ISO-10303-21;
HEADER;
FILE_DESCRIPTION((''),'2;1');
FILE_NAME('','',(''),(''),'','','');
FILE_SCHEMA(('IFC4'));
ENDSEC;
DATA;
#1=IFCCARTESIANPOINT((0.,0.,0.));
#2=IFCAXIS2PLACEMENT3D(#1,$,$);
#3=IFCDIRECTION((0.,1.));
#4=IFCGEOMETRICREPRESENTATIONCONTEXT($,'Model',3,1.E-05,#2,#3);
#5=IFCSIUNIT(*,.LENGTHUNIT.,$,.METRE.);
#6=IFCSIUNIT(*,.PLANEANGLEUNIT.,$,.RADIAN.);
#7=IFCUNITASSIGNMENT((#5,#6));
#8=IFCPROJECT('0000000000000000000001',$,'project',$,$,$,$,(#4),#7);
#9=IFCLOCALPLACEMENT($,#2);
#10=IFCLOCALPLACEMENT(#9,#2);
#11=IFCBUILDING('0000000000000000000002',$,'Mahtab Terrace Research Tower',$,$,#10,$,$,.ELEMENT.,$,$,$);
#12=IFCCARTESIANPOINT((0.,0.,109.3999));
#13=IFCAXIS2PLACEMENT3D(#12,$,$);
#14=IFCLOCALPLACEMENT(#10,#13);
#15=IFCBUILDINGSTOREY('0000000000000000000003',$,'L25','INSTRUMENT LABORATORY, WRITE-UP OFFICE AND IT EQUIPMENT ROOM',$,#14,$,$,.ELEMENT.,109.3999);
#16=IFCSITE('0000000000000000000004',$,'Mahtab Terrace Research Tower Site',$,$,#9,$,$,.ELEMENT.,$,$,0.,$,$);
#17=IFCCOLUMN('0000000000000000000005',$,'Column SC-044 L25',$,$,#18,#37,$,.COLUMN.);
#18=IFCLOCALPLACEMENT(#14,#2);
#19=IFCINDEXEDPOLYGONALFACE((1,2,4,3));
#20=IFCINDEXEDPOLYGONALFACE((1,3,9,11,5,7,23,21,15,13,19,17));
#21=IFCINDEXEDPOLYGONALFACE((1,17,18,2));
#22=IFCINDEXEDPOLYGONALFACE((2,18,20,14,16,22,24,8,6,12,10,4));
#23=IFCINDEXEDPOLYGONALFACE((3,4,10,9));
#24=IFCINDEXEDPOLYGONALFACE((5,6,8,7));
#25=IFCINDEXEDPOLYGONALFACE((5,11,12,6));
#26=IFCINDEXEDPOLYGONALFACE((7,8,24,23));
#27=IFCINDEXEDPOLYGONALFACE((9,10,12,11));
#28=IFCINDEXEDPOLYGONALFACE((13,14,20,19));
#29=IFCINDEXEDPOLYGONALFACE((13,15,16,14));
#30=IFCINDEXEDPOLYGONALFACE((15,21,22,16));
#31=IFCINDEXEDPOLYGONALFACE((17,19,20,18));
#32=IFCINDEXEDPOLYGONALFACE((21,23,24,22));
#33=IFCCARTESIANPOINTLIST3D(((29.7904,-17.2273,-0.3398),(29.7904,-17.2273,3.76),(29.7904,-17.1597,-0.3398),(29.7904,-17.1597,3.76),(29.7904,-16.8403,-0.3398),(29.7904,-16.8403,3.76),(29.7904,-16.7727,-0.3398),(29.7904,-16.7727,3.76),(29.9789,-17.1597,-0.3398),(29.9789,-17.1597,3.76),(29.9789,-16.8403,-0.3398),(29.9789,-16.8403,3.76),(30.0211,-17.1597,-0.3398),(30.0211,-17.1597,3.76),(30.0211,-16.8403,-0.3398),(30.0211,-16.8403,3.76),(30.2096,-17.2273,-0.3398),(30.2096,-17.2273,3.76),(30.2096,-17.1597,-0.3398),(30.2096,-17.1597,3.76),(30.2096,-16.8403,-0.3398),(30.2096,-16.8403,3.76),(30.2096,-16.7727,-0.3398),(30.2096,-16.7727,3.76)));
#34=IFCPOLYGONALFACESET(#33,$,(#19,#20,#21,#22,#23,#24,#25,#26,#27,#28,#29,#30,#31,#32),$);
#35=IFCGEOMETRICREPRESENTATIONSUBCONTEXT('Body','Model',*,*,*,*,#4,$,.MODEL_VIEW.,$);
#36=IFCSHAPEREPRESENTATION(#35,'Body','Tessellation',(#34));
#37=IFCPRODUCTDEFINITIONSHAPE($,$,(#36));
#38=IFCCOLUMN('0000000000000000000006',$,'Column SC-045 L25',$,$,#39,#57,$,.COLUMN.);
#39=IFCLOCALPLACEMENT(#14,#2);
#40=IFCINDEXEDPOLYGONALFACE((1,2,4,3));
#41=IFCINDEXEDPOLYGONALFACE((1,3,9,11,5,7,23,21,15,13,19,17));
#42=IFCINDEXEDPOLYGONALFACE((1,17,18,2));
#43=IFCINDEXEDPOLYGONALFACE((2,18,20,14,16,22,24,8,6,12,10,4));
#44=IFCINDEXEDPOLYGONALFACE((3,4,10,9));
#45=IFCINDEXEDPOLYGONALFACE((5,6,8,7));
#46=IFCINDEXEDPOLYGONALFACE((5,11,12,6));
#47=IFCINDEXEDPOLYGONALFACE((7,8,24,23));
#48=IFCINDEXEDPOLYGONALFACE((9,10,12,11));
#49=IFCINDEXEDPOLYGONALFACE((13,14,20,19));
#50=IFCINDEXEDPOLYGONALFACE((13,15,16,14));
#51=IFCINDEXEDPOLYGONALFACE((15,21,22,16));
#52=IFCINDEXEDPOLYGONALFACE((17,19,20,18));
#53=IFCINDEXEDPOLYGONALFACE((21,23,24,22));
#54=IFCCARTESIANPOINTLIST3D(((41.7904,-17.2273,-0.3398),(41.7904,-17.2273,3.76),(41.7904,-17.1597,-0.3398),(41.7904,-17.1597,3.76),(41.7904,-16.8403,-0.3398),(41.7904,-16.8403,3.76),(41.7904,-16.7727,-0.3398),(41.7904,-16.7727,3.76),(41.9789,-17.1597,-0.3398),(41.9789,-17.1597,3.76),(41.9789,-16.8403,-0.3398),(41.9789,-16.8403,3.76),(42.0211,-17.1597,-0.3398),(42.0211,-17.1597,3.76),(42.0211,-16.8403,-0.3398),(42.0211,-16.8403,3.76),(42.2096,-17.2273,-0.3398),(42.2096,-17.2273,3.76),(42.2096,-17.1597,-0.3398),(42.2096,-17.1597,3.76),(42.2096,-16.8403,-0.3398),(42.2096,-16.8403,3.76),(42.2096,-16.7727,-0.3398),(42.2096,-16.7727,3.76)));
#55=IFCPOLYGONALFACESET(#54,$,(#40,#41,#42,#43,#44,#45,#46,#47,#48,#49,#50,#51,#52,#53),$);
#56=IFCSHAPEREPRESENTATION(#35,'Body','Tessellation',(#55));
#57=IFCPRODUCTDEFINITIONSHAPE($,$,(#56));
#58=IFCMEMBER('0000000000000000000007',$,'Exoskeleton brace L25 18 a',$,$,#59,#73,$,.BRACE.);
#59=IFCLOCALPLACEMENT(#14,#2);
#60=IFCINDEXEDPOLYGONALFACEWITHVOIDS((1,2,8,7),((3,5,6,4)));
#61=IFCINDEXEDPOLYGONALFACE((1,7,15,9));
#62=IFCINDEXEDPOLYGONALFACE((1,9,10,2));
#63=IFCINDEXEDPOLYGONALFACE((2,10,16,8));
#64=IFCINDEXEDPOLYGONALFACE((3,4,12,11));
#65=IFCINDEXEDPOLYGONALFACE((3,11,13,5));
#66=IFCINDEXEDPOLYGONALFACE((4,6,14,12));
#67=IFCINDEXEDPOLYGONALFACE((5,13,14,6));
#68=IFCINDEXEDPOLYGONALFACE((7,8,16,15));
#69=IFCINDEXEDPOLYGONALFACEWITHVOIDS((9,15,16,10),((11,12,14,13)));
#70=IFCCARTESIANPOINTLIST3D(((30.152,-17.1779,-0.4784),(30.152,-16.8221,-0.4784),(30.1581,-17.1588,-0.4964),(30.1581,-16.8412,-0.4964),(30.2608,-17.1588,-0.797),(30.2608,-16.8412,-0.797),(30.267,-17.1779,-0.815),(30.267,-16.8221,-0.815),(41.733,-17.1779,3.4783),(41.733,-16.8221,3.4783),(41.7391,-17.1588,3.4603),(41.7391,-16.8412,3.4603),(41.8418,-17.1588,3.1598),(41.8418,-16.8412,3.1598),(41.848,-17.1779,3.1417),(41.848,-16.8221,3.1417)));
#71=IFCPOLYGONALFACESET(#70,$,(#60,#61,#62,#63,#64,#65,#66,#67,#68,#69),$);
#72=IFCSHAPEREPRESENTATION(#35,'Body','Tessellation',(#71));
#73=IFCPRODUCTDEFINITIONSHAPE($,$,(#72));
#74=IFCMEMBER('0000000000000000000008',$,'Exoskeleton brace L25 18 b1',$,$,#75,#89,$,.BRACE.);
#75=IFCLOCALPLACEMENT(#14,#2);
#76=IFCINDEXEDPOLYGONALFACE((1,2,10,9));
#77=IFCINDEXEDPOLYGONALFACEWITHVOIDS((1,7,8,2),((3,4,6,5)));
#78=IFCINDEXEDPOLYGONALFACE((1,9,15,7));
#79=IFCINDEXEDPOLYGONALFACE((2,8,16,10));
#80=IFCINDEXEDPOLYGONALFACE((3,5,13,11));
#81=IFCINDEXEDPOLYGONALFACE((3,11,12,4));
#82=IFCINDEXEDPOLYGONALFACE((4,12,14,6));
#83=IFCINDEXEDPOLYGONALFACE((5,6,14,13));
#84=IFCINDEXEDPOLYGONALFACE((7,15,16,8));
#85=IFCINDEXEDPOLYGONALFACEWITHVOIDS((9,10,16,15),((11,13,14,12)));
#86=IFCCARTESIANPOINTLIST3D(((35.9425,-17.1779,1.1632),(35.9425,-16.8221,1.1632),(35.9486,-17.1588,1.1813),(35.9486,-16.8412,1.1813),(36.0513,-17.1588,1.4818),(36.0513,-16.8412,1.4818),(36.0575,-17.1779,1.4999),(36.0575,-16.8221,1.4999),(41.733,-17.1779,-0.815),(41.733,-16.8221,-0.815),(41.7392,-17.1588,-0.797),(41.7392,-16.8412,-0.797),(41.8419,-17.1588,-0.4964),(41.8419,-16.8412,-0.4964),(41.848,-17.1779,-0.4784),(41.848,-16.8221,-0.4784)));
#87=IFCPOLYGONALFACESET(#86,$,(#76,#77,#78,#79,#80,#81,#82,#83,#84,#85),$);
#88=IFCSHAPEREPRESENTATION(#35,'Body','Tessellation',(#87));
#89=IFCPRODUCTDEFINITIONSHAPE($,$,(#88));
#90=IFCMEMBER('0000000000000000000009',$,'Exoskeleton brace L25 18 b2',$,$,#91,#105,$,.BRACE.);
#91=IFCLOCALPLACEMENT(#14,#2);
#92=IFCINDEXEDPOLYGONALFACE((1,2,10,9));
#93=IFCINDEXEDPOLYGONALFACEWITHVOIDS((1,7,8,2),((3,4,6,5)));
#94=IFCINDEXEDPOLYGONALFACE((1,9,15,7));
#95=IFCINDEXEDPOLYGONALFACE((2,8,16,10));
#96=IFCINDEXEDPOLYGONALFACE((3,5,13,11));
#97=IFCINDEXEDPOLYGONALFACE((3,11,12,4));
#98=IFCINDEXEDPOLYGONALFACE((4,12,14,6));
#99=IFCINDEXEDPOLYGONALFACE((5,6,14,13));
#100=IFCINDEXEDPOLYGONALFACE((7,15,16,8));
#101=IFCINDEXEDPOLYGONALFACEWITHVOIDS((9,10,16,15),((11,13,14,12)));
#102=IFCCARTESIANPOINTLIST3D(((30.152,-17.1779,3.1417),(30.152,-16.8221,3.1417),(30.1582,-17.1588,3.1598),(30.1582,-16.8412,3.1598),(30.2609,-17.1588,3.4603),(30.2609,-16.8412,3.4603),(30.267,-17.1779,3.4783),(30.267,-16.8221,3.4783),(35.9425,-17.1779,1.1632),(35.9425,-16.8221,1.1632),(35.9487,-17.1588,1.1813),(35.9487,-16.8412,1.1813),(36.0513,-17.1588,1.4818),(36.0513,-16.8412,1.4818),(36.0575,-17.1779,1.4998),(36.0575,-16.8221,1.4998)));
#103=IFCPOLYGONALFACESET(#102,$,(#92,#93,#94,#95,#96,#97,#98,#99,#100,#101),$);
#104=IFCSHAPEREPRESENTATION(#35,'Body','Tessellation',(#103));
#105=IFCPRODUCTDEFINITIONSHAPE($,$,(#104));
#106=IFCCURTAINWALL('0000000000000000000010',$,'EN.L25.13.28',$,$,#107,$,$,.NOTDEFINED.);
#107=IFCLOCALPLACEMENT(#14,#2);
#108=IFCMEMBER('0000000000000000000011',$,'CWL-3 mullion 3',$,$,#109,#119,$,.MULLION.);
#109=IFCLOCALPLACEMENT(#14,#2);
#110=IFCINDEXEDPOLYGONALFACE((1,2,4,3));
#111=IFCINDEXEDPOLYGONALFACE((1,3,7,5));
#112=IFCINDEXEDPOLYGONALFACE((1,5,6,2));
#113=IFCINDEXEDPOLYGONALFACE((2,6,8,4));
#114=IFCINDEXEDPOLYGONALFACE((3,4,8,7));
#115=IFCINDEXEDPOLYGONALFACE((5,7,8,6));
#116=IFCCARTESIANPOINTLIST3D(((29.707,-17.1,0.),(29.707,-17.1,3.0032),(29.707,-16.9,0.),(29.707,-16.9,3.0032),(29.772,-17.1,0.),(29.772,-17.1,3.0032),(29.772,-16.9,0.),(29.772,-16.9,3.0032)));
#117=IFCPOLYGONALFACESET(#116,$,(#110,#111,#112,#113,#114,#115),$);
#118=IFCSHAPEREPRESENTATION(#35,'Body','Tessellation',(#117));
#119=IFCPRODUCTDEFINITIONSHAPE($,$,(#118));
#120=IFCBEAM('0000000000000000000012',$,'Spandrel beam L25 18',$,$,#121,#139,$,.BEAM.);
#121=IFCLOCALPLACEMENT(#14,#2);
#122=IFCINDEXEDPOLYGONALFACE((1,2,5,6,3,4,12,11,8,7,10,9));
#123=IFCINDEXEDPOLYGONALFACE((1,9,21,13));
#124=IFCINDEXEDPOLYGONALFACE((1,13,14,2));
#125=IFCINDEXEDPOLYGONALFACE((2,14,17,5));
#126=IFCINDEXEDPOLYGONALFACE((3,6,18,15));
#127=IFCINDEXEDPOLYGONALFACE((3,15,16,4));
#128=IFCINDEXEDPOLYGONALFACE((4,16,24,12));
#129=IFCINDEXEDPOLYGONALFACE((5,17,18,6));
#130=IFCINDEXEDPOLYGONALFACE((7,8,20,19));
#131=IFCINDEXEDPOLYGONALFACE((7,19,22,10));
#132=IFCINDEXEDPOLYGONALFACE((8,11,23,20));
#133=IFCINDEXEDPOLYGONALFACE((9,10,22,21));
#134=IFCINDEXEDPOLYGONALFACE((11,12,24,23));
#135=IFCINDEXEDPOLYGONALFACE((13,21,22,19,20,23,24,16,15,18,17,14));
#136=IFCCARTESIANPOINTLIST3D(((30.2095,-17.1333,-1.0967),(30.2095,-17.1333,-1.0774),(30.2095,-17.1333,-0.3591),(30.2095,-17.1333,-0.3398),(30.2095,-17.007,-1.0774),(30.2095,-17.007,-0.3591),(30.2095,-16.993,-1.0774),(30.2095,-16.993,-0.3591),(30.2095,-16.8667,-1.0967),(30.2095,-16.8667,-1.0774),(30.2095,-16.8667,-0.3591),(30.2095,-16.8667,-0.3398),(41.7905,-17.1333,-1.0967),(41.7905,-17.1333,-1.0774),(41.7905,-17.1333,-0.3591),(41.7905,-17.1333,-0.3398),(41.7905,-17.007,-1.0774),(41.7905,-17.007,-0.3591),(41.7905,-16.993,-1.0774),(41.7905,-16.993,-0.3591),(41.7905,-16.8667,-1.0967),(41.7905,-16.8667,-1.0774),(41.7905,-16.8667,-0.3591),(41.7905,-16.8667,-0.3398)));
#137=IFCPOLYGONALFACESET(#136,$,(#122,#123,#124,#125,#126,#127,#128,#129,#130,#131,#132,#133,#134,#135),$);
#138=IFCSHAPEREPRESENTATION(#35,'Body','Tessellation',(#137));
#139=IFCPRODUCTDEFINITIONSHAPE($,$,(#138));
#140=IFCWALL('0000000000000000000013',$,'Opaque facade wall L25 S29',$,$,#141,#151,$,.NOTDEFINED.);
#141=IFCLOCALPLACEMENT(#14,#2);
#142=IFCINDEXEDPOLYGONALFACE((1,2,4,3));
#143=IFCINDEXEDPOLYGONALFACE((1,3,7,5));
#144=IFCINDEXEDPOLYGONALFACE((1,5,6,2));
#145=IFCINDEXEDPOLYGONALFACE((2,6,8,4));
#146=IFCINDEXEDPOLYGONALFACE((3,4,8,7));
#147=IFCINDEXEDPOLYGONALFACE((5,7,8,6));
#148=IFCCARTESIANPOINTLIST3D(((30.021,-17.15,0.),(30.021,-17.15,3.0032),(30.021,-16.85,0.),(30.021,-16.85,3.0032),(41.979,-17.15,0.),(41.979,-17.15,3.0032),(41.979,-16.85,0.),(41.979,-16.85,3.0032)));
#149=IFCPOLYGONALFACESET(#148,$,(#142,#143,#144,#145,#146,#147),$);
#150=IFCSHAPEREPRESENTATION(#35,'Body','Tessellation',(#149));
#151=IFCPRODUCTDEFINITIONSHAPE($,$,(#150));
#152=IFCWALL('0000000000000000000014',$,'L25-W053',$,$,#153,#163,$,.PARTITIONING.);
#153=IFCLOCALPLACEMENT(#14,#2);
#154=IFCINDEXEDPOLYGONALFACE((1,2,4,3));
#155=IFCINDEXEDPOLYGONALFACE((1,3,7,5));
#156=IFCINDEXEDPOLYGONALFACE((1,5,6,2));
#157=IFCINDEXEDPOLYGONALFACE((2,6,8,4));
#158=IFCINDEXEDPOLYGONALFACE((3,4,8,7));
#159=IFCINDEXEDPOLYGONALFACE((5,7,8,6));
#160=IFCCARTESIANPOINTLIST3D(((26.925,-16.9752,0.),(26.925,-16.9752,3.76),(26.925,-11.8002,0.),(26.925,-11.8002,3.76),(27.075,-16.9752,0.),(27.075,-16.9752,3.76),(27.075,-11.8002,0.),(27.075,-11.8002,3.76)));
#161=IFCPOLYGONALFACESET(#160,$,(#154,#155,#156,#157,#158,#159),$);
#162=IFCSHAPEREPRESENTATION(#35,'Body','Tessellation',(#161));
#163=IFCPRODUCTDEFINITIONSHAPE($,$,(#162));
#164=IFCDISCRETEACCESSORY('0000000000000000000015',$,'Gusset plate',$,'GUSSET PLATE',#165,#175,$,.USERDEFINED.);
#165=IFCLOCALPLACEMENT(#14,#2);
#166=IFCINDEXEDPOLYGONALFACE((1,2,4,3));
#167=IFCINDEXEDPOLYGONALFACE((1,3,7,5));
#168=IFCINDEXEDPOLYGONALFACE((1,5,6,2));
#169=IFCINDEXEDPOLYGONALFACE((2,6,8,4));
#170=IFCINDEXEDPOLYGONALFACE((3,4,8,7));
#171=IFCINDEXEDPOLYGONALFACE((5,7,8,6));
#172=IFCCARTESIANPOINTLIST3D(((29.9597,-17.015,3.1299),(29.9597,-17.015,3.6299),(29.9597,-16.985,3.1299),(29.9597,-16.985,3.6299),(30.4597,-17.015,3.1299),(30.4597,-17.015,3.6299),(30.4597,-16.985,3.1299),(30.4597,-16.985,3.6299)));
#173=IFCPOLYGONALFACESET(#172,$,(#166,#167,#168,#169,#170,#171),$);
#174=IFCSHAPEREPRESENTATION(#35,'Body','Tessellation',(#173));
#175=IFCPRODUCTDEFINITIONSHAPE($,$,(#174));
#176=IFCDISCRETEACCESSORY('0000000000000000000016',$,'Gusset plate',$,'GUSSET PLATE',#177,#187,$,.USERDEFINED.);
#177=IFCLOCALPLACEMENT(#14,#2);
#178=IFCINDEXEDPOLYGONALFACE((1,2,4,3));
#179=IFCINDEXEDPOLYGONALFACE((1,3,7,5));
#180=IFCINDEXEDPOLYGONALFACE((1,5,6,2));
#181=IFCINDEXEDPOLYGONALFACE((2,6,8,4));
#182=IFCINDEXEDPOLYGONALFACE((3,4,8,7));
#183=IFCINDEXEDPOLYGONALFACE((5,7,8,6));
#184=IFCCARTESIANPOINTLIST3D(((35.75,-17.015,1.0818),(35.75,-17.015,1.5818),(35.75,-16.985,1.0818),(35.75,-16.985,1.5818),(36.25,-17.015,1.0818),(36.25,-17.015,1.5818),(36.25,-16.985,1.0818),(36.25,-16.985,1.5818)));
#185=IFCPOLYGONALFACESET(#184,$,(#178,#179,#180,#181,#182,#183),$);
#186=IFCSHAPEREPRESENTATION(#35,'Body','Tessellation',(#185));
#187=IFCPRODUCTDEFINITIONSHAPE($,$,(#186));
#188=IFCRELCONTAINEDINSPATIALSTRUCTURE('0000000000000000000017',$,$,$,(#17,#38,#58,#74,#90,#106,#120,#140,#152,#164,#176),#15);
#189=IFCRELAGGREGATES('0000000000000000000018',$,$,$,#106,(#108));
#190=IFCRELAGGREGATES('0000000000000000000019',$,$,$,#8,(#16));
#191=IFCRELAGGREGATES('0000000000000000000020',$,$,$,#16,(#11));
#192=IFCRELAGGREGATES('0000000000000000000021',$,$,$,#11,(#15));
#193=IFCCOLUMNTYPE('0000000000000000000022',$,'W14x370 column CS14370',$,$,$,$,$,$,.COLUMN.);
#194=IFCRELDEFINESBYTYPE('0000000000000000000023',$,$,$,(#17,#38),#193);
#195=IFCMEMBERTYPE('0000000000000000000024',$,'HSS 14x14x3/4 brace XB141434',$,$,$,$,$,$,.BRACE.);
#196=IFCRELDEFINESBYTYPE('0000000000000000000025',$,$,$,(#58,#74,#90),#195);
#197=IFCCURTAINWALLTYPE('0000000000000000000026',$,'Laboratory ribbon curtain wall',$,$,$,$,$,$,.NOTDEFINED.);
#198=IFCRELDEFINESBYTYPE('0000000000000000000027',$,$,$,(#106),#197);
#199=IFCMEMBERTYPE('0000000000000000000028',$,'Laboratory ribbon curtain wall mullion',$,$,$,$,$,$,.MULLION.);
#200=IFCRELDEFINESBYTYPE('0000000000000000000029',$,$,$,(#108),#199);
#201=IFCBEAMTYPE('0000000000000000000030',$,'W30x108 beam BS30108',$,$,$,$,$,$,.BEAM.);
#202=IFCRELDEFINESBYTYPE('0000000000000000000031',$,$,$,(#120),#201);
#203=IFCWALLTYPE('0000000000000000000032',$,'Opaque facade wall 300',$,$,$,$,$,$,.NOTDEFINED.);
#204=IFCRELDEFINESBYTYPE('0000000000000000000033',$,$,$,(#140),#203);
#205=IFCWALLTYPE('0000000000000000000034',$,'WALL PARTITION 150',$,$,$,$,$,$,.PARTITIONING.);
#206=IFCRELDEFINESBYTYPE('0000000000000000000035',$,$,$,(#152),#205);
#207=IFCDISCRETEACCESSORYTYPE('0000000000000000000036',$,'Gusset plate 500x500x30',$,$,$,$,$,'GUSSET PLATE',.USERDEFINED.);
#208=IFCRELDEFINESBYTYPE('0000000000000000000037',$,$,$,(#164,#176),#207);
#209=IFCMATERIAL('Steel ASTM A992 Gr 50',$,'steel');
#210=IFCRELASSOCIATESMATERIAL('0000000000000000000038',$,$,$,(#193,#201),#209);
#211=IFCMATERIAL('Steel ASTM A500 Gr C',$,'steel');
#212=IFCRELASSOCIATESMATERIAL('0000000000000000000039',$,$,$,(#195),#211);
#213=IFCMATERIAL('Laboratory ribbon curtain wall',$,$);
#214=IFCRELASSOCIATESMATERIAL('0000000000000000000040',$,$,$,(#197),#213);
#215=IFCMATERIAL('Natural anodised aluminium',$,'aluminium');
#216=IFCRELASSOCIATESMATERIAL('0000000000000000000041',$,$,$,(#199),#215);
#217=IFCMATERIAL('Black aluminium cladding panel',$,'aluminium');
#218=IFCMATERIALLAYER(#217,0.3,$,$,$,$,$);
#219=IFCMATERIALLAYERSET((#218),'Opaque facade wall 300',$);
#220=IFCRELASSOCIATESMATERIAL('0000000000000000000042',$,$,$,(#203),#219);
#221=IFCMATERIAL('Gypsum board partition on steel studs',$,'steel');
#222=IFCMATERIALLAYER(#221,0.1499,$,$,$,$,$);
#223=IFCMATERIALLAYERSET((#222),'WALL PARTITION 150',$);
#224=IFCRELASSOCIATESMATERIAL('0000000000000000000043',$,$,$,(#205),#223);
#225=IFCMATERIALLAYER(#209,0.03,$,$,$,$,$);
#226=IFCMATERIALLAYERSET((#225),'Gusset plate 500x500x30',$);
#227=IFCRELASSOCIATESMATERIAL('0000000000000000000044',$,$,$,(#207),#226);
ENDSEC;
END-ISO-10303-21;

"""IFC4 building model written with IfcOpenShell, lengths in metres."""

from ifc_helpers import new_model, si_unit, direction, frame, frame_2d, origin, origin_2d, place, context, subcontext, project, spatial, rectangle, hollow_rectangle, i_section, extrude, material, layer, layer_set, material_profile, profile_set, type_object, element, aggregate, save


model = new_model("IFC4")

# Units and contexts
model_context = context("Model", 3, precision=1e-05, world=origin(), true_north=direction((0.0, 1.0)))
body_context = subcontext(model_context, "Body", "Model", "MODEL_VIEW")
ifc_project = project(units=[si_unit("LENGTHUNIT", "METRE"), si_unit("PLANEANGLEUNIT", "RADIAN")], contexts=[model_context])

# Site, building, storey
site_placement = place(None, origin())
site = spatial("IfcSite", under=ifc_project, at=site_placement, Name="Mahtab Terrace Research Tower Site", CompositionType="ELEMENT", RefElevation=0.0)
building_placement = place(site_placement, origin())
building = spatial("IfcBuilding", under=site, at=building_placement, Name="Mahtab Terrace Research Tower", CompositionType="ELEMENT")
storey_placement = place(building_placement, frame((0.0, 0.0, 109.3999)))
storey = spatial("IfcBuildingStorey", under=building, at=storey_placement, Name="L25", Description="INSTRUMENT LABORATORY, WRITE-UP OFFICE AND IT EQUIPMENT ROOM", CompositionType="ELEMENT", Elevation=109.3999)

# Columns
ifc_material_1 = material(Name="Steel ASTM A992 Gr 50", Category="steel")
ifc_material_profile_1 = material_profile(ifc_material_1, i_section(OverallWidth=0.4192, OverallDepth=0.4546, WebThickness=0.0422, FlangeThickness=0.0676, at=origin_2d()), Name="W14X370")
ifc_profile_set_1 = profile_set([ifc_material_profile_1], Name="Steel ASTM A992 Gr 50")
column_type = type_object("IfcColumnType", Name="W14x370 column CS14370", PredefinedType="COLUMN", material=ifc_profile_set_1)
for number, where, z_axis, x_axis, name in (
    (1, (30.0, -17.0, -0.3398), (0.0, 0.0, 1.0), (1.0, 0.0, 0.0), "Column SC-044 L25"),
    (2, (42.0, -17.0, -0.3398), (0.0, 0.0, 1.0), (1.0, 0.0, 0.0), "Column SC-045 L25"),
):
    element("IfcColumn", number, at=place(storey_placement, frame(where, z_axis=z_axis, x_axis=x_axis)), inside=storey, type_object=column_type, Name=name, PredefinedType="COLUMN", context=body_context, shape_type="SweptSolid", body=[
        extrude(i_section(OverallWidth=0.4192, OverallDepth=0.4546, WebThickness=0.0422, FlangeThickness=0.0676, at=origin_2d()), origin(), (0.0, 0.0, 1.0), 4.0999),
    ])

# Members
ifc_material_2 = material(Name="Steel ASTM A500 Gr C", Category="steel")
ifc_material_profile_2 = material_profile(ifc_material_2, hollow_rectangle(XDim=0.3557, YDim=0.3557, WallThickness=0.019, at=origin_2d()), Name="HSS14X14X3/4")
ifc_profile_set_2 = profile_set([ifc_material_profile_2], Name="Steel ASTM A500 Gr C")
member_type_1 = type_object("IfcMemberType", Name="HSS 14x14x3/4 brace XB141434", PredefinedType="BRACE", material=ifc_profile_set_2)
member_1_placement = place(storey_placement, frame((30.2095, -17.0, -0.6467), z_axis=(0.946293, 0.0, 0.323311), x_axis=(0.0, 1.0, 0.0)))
element("IfcMember", 3, at=member_1_placement, inside=storey, type_object=member_type_1, Name="Exoskeleton brace L25 18 a", PredefinedType="BRACE", context=body_context, shape_type="SweptSolid", body=[
    extrude(hollow_rectangle(XDim=0.3557, YDim=0.3557, WallThickness=0.019, at=origin_2d()), origin(), (0.0, 0.0, 1.0), 12.2383),
])
for number, where, z_axis, x_axis, name in (
    (4, (41.7905, -17.0, -0.6467), (-0.946299, 0.0, 0.323293), (0.0, -1.0, 0.0), "Exoskeleton brace L25 18 b1"),
    (5, (36.0, -17.0, 1.3315), (-0.946287, 0.0, 0.323329), (0.0, -1.0, 0.0), "Exoskeleton brace L25 18 b2"),
):
    element("IfcMember", number, at=place(storey_placement, frame(where, z_axis=z_axis, x_axis=x_axis)), inside=storey, type_object=member_type_1, Name=name, PredefinedType="BRACE", context=body_context, shape_type="SweptSolid", body=[
        extrude(hollow_rectangle(XDim=0.3557, YDim=0.3557, WallThickness=0.019, at=origin_2d()), origin(), (0.0, 0.0, 1.0), 6.1191),
    ])

# Curtain wall, member
ifc_material_3 = material(Name="Laboratory ribbon curtain wall")
curtain_wall_type = type_object("IfcCurtainWallType", Name="Laboratory ribbon curtain wall", PredefinedType="NOTDEFINED", material=ifc_material_3)
curtain_wall_placement = place(storey_placement, origin())
curtain_wall = element("IfcCurtainWall", 6, at=curtain_wall_placement, inside=storey, type_object=curtain_wall_type, Name="EN.L25.13.28", PredefinedType="NOTDEFINED")
ifc_material_4 = material(Name="Natural anodised aluminium", Category="aluminium")
ifc_material_profile_3 = material_profile(ifc_material_4, rectangle(XDim=0.2, YDim=0.0649, at=origin_2d()), Name="MULLION 65x200")
ifc_profile_set_3 = profile_set([ifc_material_profile_3], Name="Natural anodised aluminium")
member_type_2 = type_object("IfcMemberType", Name="Laboratory ribbon curtain wall mullion", PredefinedType="MULLION", material=ifc_profile_set_3)
member_2_placement = place(storey_placement, frame((29.7395, -17.0, 0.0), z_axis=(0.0, 0.0, 1.0), x_axis=(0.0, 1.0, 0.0)))
member_2 = element("IfcMember", 7, at=member_2_placement, type_object=member_type_2, Name="CWL-3 mullion 3", PredefinedType="MULLION", context=body_context, shape_type="SweptSolid", body=[
    extrude(rectangle(XDim=0.2, YDim=0.0649, at=origin_2d()), origin(), (0.0, 0.0, 1.0), 3.0032),
])
aggregate(curtain_wall, [member_2])

# Beam
ifc_material_profile_4 = material_profile(ifc_material_1, i_section(OverallWidth=0.2666, OverallDepth=0.7568, WebThickness=0.0139, FlangeThickness=0.0193, at=origin_2d()), Name="W30X108")
ifc_profile_set_4 = profile_set([ifc_material_profile_4], Name="Steel ASTM A992 Gr 50")
beam_type = type_object("IfcBeamType", Name="W30x108 beam BS30108", PredefinedType="BEAM", material=ifc_profile_set_4)
beam_placement = place(storey_placement, frame((30.2095, -17.0, -0.7183), z_axis=(1.0, 0.0, 0.0), x_axis=(0.0, 1.0, 0.0)))
element("IfcBeam", 8, at=beam_placement, inside=storey, type_object=beam_type, Name="Spandrel beam L25 18", PredefinedType="BEAM", context=body_context, shape_type="SweptSolid", body=[
    extrude(i_section(OverallWidth=0.2666, OverallDepth=0.7568, WebThickness=0.0139, FlangeThickness=0.0193, at=origin_2d()), origin(), (0.0, 0.0, 1.0), 11.5811),
])

# Walls
ifc_material_5 = material(Name="Black aluminium cladding panel", Category="aluminium")
ifc_layer_1 = layer(ifc_material_5, 0.3)
ifc_layer_set_1 = layer_set([ifc_layer_1], Name="Opaque facade wall 300")
wall_type_1 = type_object("IfcWallType", Name="Opaque facade wall 300", PredefinedType="NOTDEFINED", material=ifc_layer_set_1)
wall_1_placement = place(storey_placement, frame((30.021, -17.0, 0.0), z_axis=(0.0, 0.0, 1.0), x_axis=(1.0, 0.0, 0.0)))
element("IfcWall", 9, at=wall_1_placement, inside=storey, type_object=wall_type_1, Name="Opaque facade wall L25 S29", PredefinedType="NOTDEFINED", context=body_context, shape_type="SweptSolid", body=[
    extrude(rectangle(XDim=11.958, YDim=0.3, at=frame_2d((5.979, 0.0))), origin(), (0.0, 0.0, 1.0), 3.0032),
])
ifc_material_6 = material(Name="Gypsum board partition on steel studs", Category="steel")
ifc_layer_2 = layer(ifc_material_6, 0.1499)
ifc_layer_set_2 = layer_set([ifc_layer_2], Name="WALL PARTITION 150")
wall_type_2 = type_object("IfcWallType", Name="WALL PARTITION 150", PredefinedType="PARTITIONING", material=ifc_layer_set_2)
wall_2_placement = place(storey_placement, frame((27.0, -16.9751, 0.0), z_axis=(0.0, 0.0, 1.0), x_axis=(0.0, 1.0, 0.0)))
element("IfcWall", 10, at=wall_2_placement, inside=storey, type_object=wall_type_2, Name="L25-W053", PredefinedType="PARTITIONING", context=body_context, shape_type="SweptSolid", body=[
    extrude(rectangle(XDim=5.175, YDim=0.1499, at=frame_2d((2.5874, 0.0))), origin(), (0.0, 0.0, 1.0), 3.76),
])

# Discrete accessories
ifc_layer_3 = layer(ifc_material_1, 0.03)
ifc_layer_set_3 = layer_set([ifc_layer_3], Name="Gusset plate 500x500x30")
discrete_accessory_type = type_object("IfcDiscreteAccessoryType", Name="Gusset plate 500x500x30", ElementType="GUSSET PLATE", PredefinedType="USERDEFINED", material=ifc_layer_set_3)
for number, where, z_axis, x_axis, name in (
    (11, (30.2097, -17.0, 3.1299), (0.0, 0.0, 1.0), (1.0, 0.0, 0.0), "Gusset plate"),
    (12, (36.0, -17.0, 1.0818), (0.0, 0.0, 1.0), (1.0, 0.0, 0.0), "Gusset plate"),
):
    element("IfcDiscreteAccessory", number, at=place(storey_placement, frame(where, z_axis=z_axis, x_axis=x_axis)), inside=storey, type_object=discrete_accessory_type, Name=name, ObjectType="GUSSET PLATE", PredefinedType="USERDEFINED", context=body_context, shape_type="SweptSolid", body=[
        extrude(rectangle(XDim=0.5, YDim=0.03, at=origin_2d()), origin(), (0.0, 0.0, 1.0), 0.5),
    ])

save(model, "model.ifc")
